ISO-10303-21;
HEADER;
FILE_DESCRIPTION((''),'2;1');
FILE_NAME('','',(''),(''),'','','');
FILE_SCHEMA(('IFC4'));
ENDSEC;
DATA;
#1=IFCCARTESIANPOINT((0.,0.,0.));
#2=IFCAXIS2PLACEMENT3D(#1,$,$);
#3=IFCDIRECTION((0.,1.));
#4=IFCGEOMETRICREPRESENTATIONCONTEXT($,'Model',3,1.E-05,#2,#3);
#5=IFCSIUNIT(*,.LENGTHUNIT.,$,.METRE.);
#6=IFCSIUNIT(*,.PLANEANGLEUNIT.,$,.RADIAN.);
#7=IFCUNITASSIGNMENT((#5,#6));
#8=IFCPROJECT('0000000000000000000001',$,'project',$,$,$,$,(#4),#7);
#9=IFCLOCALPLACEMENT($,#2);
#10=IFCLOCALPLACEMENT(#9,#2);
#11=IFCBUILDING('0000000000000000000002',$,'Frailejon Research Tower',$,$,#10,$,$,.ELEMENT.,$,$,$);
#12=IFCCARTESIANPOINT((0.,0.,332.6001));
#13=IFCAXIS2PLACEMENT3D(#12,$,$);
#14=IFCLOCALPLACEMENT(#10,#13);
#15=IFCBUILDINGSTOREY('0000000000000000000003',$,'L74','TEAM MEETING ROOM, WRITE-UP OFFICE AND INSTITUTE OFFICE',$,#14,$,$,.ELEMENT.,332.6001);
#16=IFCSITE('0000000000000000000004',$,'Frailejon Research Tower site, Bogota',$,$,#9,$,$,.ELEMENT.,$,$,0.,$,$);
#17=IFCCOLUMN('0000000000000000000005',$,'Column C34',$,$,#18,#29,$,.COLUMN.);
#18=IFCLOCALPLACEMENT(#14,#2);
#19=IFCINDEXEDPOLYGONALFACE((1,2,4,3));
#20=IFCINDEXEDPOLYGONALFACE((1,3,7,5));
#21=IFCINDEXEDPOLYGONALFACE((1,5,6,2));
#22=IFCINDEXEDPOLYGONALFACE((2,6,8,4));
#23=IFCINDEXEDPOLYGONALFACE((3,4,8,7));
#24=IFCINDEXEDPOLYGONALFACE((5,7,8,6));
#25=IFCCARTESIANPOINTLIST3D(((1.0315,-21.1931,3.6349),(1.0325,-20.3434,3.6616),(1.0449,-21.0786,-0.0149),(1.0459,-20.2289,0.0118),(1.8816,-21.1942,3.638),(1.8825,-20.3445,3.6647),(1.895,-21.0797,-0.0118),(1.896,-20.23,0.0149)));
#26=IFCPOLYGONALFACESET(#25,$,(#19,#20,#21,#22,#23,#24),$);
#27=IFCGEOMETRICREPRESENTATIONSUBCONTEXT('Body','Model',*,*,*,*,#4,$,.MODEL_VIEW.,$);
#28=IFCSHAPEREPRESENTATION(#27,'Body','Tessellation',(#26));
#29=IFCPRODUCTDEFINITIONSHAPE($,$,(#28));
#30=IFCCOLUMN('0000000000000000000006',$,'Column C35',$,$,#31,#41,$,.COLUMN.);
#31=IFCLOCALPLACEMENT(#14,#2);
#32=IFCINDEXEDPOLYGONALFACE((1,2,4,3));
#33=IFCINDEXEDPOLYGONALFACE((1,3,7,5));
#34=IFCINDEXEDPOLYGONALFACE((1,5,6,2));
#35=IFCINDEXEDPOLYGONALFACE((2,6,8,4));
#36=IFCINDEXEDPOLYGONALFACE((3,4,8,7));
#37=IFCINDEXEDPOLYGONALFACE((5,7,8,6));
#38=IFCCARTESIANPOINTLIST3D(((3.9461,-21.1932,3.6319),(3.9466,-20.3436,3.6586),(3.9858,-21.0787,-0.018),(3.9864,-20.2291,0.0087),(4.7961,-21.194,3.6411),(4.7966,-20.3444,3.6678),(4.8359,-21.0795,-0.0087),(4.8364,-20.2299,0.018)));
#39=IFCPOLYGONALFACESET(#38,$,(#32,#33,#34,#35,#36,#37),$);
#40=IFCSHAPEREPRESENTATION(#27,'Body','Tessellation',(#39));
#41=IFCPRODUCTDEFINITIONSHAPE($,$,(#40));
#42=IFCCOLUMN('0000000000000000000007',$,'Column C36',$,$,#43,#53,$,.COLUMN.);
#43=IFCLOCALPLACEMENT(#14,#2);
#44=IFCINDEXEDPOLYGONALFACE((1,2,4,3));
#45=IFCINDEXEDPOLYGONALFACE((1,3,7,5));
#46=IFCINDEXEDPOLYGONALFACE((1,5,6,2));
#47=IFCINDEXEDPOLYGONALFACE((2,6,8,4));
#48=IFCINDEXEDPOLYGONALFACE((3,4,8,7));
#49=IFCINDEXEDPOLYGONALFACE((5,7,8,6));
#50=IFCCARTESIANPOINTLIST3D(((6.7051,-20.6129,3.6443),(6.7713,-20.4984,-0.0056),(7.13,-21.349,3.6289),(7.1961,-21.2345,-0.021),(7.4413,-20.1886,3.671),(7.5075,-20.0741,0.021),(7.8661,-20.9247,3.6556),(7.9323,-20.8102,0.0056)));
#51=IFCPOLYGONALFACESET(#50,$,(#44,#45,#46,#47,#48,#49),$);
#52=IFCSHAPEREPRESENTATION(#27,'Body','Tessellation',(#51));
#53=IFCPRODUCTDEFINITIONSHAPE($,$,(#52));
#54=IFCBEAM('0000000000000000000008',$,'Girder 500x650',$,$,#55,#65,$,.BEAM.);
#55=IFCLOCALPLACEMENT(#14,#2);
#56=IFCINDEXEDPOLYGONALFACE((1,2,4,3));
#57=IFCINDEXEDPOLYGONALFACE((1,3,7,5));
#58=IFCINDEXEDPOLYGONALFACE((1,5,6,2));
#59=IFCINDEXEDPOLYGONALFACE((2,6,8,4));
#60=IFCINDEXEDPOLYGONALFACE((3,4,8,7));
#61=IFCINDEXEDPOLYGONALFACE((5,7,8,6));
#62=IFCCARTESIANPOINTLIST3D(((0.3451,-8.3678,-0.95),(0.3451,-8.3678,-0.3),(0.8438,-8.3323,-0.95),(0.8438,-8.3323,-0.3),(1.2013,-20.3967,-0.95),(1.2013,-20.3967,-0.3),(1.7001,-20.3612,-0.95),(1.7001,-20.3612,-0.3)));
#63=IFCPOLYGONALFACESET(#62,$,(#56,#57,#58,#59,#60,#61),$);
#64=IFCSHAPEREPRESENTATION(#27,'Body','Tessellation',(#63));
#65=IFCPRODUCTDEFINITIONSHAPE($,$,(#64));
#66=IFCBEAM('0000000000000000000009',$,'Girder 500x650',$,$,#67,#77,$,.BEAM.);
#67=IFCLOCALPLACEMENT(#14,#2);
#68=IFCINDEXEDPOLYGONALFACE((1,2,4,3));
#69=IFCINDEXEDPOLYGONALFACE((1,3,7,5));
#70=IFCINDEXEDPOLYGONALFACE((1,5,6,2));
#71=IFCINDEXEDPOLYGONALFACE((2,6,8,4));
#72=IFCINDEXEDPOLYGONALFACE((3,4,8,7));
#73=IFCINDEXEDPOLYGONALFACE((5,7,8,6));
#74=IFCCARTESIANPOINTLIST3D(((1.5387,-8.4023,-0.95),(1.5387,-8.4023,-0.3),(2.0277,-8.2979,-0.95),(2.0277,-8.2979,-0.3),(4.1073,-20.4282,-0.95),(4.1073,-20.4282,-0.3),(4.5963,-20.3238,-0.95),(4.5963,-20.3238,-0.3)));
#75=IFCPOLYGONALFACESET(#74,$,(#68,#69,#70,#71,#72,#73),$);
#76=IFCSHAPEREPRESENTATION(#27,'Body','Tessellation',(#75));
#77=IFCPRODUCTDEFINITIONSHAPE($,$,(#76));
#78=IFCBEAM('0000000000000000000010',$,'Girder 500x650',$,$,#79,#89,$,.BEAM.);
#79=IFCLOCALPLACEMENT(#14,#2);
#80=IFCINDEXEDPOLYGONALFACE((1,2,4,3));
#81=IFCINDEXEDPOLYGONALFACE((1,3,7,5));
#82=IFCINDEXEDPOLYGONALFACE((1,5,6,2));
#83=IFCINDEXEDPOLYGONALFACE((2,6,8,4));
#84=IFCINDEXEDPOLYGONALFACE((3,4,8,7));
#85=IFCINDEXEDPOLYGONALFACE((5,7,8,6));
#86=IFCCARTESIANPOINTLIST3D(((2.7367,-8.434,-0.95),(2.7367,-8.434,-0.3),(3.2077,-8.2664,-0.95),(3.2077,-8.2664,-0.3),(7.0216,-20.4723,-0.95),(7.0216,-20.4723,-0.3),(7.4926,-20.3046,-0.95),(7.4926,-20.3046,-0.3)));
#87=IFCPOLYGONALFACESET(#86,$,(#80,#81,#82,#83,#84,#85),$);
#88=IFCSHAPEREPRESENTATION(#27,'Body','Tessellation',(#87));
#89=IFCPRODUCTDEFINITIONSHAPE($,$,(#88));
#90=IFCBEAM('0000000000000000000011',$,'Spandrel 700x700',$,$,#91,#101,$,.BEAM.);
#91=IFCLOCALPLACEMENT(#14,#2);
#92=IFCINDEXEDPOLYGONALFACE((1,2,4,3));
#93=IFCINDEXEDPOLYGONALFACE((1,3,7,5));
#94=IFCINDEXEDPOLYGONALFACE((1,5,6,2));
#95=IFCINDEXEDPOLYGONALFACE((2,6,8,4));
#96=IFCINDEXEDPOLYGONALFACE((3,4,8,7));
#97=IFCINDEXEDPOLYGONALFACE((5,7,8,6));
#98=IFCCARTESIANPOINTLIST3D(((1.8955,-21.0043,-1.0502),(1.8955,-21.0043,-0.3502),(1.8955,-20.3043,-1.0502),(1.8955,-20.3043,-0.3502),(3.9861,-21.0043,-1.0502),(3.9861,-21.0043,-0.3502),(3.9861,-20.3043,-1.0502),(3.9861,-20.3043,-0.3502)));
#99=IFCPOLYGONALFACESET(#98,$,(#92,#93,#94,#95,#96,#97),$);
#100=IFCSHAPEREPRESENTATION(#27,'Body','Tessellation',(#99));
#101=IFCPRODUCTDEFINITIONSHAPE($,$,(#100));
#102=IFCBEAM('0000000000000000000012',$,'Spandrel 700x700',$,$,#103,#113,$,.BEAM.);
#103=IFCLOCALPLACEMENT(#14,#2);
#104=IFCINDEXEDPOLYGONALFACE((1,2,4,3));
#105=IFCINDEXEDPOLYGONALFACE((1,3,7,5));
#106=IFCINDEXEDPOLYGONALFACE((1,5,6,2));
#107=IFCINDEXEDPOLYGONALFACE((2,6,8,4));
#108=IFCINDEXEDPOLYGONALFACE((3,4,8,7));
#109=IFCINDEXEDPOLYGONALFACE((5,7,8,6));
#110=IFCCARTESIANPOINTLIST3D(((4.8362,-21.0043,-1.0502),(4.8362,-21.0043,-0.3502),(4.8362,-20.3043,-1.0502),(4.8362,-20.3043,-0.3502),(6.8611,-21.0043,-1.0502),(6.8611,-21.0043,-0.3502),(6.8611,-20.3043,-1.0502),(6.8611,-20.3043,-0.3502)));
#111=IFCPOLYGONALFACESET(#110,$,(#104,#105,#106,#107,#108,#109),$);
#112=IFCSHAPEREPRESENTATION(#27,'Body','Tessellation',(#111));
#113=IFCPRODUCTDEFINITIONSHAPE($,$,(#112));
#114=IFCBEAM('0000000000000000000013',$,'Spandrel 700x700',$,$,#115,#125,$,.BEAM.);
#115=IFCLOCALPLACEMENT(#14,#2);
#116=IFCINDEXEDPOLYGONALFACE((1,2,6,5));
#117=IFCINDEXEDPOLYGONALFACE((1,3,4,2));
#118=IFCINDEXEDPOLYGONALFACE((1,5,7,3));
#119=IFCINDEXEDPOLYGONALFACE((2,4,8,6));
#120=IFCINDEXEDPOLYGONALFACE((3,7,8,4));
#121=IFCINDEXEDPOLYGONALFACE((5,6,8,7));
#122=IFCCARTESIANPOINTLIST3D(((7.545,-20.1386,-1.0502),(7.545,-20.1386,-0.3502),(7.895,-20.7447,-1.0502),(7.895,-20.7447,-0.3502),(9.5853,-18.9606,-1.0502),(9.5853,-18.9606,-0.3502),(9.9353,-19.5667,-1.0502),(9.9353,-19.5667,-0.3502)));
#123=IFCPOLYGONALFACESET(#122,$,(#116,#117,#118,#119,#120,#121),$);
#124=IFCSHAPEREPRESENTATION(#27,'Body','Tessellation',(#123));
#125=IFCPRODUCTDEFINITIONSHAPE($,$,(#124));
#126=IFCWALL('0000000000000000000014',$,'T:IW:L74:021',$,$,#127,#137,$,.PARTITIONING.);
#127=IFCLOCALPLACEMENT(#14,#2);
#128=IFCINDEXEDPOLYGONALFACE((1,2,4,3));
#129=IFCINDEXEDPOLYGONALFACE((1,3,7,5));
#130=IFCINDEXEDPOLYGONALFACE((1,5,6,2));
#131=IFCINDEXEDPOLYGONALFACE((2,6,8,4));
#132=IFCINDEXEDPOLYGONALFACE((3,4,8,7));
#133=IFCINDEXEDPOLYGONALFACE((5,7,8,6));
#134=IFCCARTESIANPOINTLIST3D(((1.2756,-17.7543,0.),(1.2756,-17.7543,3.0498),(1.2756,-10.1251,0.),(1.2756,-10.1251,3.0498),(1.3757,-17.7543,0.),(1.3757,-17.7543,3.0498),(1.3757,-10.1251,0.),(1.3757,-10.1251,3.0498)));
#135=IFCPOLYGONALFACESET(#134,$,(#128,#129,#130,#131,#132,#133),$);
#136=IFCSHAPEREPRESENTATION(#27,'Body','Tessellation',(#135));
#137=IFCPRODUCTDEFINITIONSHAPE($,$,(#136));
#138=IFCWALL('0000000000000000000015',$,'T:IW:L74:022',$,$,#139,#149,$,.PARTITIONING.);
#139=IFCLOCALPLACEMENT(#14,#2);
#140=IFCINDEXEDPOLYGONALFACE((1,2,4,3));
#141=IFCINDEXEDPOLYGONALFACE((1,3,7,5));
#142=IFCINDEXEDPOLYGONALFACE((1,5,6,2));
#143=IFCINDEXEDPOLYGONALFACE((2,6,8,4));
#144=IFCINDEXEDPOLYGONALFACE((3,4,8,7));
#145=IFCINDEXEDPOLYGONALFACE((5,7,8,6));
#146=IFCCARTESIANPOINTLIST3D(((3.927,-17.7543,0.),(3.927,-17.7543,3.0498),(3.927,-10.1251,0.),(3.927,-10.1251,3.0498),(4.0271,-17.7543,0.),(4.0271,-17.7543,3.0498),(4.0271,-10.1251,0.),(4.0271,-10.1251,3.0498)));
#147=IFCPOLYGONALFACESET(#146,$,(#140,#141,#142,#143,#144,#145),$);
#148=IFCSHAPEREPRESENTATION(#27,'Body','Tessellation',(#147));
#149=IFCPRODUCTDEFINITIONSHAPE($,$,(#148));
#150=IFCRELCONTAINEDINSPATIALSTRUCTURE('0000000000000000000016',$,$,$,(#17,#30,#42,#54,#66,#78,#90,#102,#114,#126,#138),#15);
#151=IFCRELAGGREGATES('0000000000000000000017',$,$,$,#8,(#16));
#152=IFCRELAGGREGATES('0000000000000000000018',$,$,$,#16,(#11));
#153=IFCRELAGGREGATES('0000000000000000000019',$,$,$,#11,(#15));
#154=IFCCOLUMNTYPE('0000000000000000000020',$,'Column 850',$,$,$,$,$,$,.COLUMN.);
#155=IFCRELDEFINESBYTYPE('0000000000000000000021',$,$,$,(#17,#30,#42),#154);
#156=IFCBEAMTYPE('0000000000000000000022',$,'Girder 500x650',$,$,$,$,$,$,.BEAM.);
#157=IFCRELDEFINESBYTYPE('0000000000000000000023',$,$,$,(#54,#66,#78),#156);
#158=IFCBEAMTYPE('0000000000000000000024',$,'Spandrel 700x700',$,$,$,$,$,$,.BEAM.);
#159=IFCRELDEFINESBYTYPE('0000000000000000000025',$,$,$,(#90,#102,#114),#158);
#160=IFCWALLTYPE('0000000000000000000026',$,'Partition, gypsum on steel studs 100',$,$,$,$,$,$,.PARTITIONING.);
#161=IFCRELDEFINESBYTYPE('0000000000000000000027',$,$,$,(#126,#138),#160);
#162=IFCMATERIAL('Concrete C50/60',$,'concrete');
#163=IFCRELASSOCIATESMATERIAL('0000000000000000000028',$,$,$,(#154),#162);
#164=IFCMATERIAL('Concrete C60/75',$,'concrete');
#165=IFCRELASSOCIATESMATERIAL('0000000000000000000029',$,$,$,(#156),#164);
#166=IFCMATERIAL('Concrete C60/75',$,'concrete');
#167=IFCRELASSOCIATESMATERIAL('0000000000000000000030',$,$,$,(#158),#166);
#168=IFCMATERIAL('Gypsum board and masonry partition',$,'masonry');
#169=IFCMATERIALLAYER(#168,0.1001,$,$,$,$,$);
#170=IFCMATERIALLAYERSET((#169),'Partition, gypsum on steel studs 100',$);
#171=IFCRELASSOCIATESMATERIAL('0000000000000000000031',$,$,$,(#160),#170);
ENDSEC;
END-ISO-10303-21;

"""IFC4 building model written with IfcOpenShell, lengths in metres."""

from ifc_helpers import new_model, si_unit, direction, frame, frame_2d, origin, origin_2d, place, context, subcontext, project, spatial, rectangle, extrude, material, layer, layer_set, material_profile, profile_set, type_object, element, save


model = new_model("IFC4")

# Units and contexts
model_context = context("Model", 3, precision=1e-05, world=origin(), true_north=direction((0.0, 1.0)))
body_context = subcontext(model_context, "Body", "Model", "MODEL_VIEW")
ifc_project = project(units=[si_unit("LENGTHUNIT", "METRE"), si_unit("PLANEANGLEUNIT", "RADIAN")], contexts=[model_context])

# Site, building, storey
site_placement = place(None, origin())
site = spatial("IfcSite", under=ifc_project, at=site_placement, Name="Frailejon Research Tower site, Bogota", CompositionType="ELEMENT", RefElevation=0.0)
building_placement = place(site_placement, origin())
building = spatial("IfcBuilding", under=site, at=building_placement, Name="Frailejon Research Tower", CompositionType="ELEMENT")
storey_placement = place(building_placement, frame((0.0, 0.0, 332.6001)))
storey = spatial("IfcBuildingStorey", under=building, at=storey_placement, Name="L74", Description="TEAM MEETING ROOM, WRITE-UP OFFICE AND INSTITUTE OFFICE", CompositionType="ELEMENT", Elevation=332.6001)

# Columns
ifc_material_1 = material(Name="Concrete C50/60", Category="concrete")
ifc_material_profile_1 = material_profile(ifc_material_1, rectangle(XDim=0.8501, YDim=0.8501, at=origin_2d()), Name="Column 850")
ifc_profile_set_1 = profile_set([ifc_material_profile_1], Name="Concrete C50/60")
column_type = type_object("IfcColumnType", Name="Column 850", PredefinedType="COLUMN", material=ifc_profile_set_1)
column_1_placement = place(storey_placement, frame((1.4705, -20.6543, 0.0), z_axis=(-0.003677, -0.031356, 0.999502), x_axis=(0.999993, -0.001221, 0.003641)))
element("IfcColumn", 1, at=column_1_placement, inside=storey, type_object=column_type, Name="Column C34", PredefinedType="COLUMN", context=body_context, shape_type="SweptSolid", body=[
    extrude(rectangle(XDim=0.8501, YDim=0.8501, at=origin_2d()), origin(), (0.0, 0.0, 1.0), 3.6516),
])
column_2_placement = place(storey_placement, frame((4.4111, -20.6543, 0.0), z_axis=(-0.010897, -0.031354, 0.999449), x_axis=(0.99994, -0.000957, 0.010872)))
element("IfcColumn", 2, at=column_2_placement, inside=storey, type_object=column_type, Name="Column C35", PredefinedType="COLUMN", context=body_context, shape_type="SweptSolid", body=[
    extrude(rectangle(XDim=0.8501, YDim=0.8501, at=origin_2d()), origin(), (0.0, 0.0, 1.0), 3.6519),
])
column_3_placement = place(storey_placement, frame((7.3518, -20.6543, 0.0), z_axis=(-0.018115, -0.031351, 0.999344), x_axis=(0.865981, 0.499093, 0.031355)))
element("IfcColumn", 3, at=column_3_placement, inside=storey, type_object=column_type, Name="Column C36", PredefinedType="COLUMN", context=body_context, shape_type="SweptSolid", body=[
    extrude(rectangle(XDim=0.8501, YDim=0.8501, at=origin_2d()), origin(), (0.0, 0.0, 1.0), 3.6523),
])

# Beams
ifc_material_2 = material(Name="Concrete C60/75", Category="concrete")
ifc_material_profile_2 = material_profile(ifc_material_2, rectangle(XDim=0.5, YDim=0.6499, at=origin_2d()), Name="Girder 500x650")
ifc_profile_set_2 = profile_set([ifc_material_profile_2], Name="Concrete C60/75")
beam_type_1 = type_object("IfcBeamType", Name="Girder 500x650", PredefinedType="BEAM", material=ifc_profile_set_2)
beam_1_placement = place(storey_placement, frame((1.4507, -20.3789, -0.625), z_axis=(-0.071, 0.997476, 0.0), x_axis=(-0.997476, -0.071, 0.0)))
element("IfcBeam", 4, at=beam_1_placement, inside=storey, type_object=beam_type_1, Name="Girder 500x650", PredefinedType="BEAM", context=body_context, shape_type="SweptSolid", body=[
    extrude(rectangle(XDim=0.5, YDim=0.6499, at=origin_2d()), origin(), (0.0, 0.0, 1.0), 12.0593),
])
beam_2_placement = place(storey_placement, frame((4.3518, -20.376, -0.625), z_axis=(-0.208878, 0.977942, 0.0), x_axis=(-0.977942, -0.208878, 0.0)))
element("IfcBeam", 5, at=beam_2_placement, inside=storey, type_object=beam_type_1, Name="Girder 500x650", PredefinedType="BEAM", context=body_context, shape_type="SweptSolid", body=[
    extrude(rectangle(XDim=0.5, YDim=0.6499, at=origin_2d()), origin(), (0.0, 0.0, 1.0), 12.2971),
])
beam_3_placement = place(storey_placement, frame((7.2571, -20.3884, -0.625), z_axis=(-0.33533, 0.942101, 0.0), x_axis=(-0.942101, -0.33533, 0.0)))
element("IfcBeam", 6, at=beam_3_placement, inside=storey, type_object=beam_type_1, Name="Girder 500x650", PredefinedType="BEAM", context=body_context, shape_type="SweptSolid", body=[
    extrude(rectangle(XDim=0.5, YDim=0.6499, at=origin_2d()), origin(), (0.0, 0.0, 1.0), 12.7781),
])
ifc_material_3 = material(Name="Concrete C60/75", Category="concrete")
ifc_material_profile_3 = material_profile(ifc_material_3, rectangle(XDim=0.7, YDim=0.7, at=origin_2d()), Name="Spandrel 700x700")
ifc_profile_set_3 = profile_set([ifc_material_profile_3], Name="Concrete C60/75")
beam_type_2 = type_object("IfcBeamType", Name="Spandrel 700x700", PredefinedType="BEAM", material=ifc_profile_set_3)
beam_4_placement = place(storey_placement, frame((1.8955, -20.6543, -0.7002), z_axis=(1.0, 0.0, 0.0), x_axis=(0.0, 1.0, 0.0)))
element("IfcBeam", 7, at=beam_4_placement, inside=storey, type_object=beam_type_2, Name="Spandrel 700x700", PredefinedType="BEAM", context=body_context, shape_type="SweptSolid", body=[
    extrude(rectangle(XDim=0.7, YDim=0.7, at=origin_2d()), origin(), (0.0, 0.0, 1.0), 2.0906),
])
beam_5_placement = place(storey_placement, frame((4.8362, -20.6543, -0.7002), z_axis=(1.0, 0.0, 0.0), x_axis=(0.0, 1.0, 0.0)))
element("IfcBeam", 8, at=beam_5_placement, inside=storey, type_object=beam_type_2, Name="Spandrel 700x700", PredefinedType="BEAM", context=body_context, shape_type="SweptSolid", body=[
    extrude(rectangle(XDim=0.7, YDim=0.7, at=origin_2d()), origin(), (0.0, 0.0, 1.0), 2.0249),
])
beam_6_placement = place(storey_placement, frame((7.72, -20.4417, -0.7002), z_axis=(0.866022, 0.500007, 0.0), x_axis=(-0.500007, 0.866022, 0.0)))
element("IfcBeam", 9, at=beam_6_placement, inside=storey, type_object=beam_type_2, Name="Spandrel 700x700", PredefinedType="BEAM", context=body_context, shape_type="SweptSolid", body=[
    extrude(rectangle(XDim=0.7, YDim=0.7, at=origin_2d()), origin(), (0.0, 0.0, 1.0), 2.356),
])

# Walls
ifc_material_4 = material(Name="Gypsum board and masonry partition", Category="masonry")
ifc_layer_1 = layer(ifc_material_4, 0.1001)
ifc_layer_set_1 = layer_set([ifc_layer_1], Name="Partition, gypsum on steel studs 100")
wall_type_1 = type_object("IfcWallType", Name="Partition, gypsum on steel studs 100", PredefinedType="PARTITIONING", material=ifc_layer_set_1)
for number, where, z_axis, x_axis, name in (
    (10, (1.3257, -17.7542, 0.0), (0.0, 0.0, 1.0), (0.0, 1.0, 0.0), "T:IW:L74:021"),
    (11, (3.9771, -17.7542, 0.0), (0.0, 0.0, 1.0), (0.0, 1.0, 0.0), "T:IW:L74:022"),
):
    element("IfcWall", number, at=place(storey_placement, frame(where, z_axis=z_axis, x_axis=x_axis)), inside=storey, type_object=wall_type_1, Name=name, PredefinedType="PARTITIONING", context=body_context, shape_type="SweptSolid", body=[
        extrude(rectangle(XDim=7.6292, YDim=0.1001, at=frame_2d((3.8145, 0.0))), origin(), (0.0, 0.0, 1.0), 3.0498),
    ])

save(model, "model.ifc")
